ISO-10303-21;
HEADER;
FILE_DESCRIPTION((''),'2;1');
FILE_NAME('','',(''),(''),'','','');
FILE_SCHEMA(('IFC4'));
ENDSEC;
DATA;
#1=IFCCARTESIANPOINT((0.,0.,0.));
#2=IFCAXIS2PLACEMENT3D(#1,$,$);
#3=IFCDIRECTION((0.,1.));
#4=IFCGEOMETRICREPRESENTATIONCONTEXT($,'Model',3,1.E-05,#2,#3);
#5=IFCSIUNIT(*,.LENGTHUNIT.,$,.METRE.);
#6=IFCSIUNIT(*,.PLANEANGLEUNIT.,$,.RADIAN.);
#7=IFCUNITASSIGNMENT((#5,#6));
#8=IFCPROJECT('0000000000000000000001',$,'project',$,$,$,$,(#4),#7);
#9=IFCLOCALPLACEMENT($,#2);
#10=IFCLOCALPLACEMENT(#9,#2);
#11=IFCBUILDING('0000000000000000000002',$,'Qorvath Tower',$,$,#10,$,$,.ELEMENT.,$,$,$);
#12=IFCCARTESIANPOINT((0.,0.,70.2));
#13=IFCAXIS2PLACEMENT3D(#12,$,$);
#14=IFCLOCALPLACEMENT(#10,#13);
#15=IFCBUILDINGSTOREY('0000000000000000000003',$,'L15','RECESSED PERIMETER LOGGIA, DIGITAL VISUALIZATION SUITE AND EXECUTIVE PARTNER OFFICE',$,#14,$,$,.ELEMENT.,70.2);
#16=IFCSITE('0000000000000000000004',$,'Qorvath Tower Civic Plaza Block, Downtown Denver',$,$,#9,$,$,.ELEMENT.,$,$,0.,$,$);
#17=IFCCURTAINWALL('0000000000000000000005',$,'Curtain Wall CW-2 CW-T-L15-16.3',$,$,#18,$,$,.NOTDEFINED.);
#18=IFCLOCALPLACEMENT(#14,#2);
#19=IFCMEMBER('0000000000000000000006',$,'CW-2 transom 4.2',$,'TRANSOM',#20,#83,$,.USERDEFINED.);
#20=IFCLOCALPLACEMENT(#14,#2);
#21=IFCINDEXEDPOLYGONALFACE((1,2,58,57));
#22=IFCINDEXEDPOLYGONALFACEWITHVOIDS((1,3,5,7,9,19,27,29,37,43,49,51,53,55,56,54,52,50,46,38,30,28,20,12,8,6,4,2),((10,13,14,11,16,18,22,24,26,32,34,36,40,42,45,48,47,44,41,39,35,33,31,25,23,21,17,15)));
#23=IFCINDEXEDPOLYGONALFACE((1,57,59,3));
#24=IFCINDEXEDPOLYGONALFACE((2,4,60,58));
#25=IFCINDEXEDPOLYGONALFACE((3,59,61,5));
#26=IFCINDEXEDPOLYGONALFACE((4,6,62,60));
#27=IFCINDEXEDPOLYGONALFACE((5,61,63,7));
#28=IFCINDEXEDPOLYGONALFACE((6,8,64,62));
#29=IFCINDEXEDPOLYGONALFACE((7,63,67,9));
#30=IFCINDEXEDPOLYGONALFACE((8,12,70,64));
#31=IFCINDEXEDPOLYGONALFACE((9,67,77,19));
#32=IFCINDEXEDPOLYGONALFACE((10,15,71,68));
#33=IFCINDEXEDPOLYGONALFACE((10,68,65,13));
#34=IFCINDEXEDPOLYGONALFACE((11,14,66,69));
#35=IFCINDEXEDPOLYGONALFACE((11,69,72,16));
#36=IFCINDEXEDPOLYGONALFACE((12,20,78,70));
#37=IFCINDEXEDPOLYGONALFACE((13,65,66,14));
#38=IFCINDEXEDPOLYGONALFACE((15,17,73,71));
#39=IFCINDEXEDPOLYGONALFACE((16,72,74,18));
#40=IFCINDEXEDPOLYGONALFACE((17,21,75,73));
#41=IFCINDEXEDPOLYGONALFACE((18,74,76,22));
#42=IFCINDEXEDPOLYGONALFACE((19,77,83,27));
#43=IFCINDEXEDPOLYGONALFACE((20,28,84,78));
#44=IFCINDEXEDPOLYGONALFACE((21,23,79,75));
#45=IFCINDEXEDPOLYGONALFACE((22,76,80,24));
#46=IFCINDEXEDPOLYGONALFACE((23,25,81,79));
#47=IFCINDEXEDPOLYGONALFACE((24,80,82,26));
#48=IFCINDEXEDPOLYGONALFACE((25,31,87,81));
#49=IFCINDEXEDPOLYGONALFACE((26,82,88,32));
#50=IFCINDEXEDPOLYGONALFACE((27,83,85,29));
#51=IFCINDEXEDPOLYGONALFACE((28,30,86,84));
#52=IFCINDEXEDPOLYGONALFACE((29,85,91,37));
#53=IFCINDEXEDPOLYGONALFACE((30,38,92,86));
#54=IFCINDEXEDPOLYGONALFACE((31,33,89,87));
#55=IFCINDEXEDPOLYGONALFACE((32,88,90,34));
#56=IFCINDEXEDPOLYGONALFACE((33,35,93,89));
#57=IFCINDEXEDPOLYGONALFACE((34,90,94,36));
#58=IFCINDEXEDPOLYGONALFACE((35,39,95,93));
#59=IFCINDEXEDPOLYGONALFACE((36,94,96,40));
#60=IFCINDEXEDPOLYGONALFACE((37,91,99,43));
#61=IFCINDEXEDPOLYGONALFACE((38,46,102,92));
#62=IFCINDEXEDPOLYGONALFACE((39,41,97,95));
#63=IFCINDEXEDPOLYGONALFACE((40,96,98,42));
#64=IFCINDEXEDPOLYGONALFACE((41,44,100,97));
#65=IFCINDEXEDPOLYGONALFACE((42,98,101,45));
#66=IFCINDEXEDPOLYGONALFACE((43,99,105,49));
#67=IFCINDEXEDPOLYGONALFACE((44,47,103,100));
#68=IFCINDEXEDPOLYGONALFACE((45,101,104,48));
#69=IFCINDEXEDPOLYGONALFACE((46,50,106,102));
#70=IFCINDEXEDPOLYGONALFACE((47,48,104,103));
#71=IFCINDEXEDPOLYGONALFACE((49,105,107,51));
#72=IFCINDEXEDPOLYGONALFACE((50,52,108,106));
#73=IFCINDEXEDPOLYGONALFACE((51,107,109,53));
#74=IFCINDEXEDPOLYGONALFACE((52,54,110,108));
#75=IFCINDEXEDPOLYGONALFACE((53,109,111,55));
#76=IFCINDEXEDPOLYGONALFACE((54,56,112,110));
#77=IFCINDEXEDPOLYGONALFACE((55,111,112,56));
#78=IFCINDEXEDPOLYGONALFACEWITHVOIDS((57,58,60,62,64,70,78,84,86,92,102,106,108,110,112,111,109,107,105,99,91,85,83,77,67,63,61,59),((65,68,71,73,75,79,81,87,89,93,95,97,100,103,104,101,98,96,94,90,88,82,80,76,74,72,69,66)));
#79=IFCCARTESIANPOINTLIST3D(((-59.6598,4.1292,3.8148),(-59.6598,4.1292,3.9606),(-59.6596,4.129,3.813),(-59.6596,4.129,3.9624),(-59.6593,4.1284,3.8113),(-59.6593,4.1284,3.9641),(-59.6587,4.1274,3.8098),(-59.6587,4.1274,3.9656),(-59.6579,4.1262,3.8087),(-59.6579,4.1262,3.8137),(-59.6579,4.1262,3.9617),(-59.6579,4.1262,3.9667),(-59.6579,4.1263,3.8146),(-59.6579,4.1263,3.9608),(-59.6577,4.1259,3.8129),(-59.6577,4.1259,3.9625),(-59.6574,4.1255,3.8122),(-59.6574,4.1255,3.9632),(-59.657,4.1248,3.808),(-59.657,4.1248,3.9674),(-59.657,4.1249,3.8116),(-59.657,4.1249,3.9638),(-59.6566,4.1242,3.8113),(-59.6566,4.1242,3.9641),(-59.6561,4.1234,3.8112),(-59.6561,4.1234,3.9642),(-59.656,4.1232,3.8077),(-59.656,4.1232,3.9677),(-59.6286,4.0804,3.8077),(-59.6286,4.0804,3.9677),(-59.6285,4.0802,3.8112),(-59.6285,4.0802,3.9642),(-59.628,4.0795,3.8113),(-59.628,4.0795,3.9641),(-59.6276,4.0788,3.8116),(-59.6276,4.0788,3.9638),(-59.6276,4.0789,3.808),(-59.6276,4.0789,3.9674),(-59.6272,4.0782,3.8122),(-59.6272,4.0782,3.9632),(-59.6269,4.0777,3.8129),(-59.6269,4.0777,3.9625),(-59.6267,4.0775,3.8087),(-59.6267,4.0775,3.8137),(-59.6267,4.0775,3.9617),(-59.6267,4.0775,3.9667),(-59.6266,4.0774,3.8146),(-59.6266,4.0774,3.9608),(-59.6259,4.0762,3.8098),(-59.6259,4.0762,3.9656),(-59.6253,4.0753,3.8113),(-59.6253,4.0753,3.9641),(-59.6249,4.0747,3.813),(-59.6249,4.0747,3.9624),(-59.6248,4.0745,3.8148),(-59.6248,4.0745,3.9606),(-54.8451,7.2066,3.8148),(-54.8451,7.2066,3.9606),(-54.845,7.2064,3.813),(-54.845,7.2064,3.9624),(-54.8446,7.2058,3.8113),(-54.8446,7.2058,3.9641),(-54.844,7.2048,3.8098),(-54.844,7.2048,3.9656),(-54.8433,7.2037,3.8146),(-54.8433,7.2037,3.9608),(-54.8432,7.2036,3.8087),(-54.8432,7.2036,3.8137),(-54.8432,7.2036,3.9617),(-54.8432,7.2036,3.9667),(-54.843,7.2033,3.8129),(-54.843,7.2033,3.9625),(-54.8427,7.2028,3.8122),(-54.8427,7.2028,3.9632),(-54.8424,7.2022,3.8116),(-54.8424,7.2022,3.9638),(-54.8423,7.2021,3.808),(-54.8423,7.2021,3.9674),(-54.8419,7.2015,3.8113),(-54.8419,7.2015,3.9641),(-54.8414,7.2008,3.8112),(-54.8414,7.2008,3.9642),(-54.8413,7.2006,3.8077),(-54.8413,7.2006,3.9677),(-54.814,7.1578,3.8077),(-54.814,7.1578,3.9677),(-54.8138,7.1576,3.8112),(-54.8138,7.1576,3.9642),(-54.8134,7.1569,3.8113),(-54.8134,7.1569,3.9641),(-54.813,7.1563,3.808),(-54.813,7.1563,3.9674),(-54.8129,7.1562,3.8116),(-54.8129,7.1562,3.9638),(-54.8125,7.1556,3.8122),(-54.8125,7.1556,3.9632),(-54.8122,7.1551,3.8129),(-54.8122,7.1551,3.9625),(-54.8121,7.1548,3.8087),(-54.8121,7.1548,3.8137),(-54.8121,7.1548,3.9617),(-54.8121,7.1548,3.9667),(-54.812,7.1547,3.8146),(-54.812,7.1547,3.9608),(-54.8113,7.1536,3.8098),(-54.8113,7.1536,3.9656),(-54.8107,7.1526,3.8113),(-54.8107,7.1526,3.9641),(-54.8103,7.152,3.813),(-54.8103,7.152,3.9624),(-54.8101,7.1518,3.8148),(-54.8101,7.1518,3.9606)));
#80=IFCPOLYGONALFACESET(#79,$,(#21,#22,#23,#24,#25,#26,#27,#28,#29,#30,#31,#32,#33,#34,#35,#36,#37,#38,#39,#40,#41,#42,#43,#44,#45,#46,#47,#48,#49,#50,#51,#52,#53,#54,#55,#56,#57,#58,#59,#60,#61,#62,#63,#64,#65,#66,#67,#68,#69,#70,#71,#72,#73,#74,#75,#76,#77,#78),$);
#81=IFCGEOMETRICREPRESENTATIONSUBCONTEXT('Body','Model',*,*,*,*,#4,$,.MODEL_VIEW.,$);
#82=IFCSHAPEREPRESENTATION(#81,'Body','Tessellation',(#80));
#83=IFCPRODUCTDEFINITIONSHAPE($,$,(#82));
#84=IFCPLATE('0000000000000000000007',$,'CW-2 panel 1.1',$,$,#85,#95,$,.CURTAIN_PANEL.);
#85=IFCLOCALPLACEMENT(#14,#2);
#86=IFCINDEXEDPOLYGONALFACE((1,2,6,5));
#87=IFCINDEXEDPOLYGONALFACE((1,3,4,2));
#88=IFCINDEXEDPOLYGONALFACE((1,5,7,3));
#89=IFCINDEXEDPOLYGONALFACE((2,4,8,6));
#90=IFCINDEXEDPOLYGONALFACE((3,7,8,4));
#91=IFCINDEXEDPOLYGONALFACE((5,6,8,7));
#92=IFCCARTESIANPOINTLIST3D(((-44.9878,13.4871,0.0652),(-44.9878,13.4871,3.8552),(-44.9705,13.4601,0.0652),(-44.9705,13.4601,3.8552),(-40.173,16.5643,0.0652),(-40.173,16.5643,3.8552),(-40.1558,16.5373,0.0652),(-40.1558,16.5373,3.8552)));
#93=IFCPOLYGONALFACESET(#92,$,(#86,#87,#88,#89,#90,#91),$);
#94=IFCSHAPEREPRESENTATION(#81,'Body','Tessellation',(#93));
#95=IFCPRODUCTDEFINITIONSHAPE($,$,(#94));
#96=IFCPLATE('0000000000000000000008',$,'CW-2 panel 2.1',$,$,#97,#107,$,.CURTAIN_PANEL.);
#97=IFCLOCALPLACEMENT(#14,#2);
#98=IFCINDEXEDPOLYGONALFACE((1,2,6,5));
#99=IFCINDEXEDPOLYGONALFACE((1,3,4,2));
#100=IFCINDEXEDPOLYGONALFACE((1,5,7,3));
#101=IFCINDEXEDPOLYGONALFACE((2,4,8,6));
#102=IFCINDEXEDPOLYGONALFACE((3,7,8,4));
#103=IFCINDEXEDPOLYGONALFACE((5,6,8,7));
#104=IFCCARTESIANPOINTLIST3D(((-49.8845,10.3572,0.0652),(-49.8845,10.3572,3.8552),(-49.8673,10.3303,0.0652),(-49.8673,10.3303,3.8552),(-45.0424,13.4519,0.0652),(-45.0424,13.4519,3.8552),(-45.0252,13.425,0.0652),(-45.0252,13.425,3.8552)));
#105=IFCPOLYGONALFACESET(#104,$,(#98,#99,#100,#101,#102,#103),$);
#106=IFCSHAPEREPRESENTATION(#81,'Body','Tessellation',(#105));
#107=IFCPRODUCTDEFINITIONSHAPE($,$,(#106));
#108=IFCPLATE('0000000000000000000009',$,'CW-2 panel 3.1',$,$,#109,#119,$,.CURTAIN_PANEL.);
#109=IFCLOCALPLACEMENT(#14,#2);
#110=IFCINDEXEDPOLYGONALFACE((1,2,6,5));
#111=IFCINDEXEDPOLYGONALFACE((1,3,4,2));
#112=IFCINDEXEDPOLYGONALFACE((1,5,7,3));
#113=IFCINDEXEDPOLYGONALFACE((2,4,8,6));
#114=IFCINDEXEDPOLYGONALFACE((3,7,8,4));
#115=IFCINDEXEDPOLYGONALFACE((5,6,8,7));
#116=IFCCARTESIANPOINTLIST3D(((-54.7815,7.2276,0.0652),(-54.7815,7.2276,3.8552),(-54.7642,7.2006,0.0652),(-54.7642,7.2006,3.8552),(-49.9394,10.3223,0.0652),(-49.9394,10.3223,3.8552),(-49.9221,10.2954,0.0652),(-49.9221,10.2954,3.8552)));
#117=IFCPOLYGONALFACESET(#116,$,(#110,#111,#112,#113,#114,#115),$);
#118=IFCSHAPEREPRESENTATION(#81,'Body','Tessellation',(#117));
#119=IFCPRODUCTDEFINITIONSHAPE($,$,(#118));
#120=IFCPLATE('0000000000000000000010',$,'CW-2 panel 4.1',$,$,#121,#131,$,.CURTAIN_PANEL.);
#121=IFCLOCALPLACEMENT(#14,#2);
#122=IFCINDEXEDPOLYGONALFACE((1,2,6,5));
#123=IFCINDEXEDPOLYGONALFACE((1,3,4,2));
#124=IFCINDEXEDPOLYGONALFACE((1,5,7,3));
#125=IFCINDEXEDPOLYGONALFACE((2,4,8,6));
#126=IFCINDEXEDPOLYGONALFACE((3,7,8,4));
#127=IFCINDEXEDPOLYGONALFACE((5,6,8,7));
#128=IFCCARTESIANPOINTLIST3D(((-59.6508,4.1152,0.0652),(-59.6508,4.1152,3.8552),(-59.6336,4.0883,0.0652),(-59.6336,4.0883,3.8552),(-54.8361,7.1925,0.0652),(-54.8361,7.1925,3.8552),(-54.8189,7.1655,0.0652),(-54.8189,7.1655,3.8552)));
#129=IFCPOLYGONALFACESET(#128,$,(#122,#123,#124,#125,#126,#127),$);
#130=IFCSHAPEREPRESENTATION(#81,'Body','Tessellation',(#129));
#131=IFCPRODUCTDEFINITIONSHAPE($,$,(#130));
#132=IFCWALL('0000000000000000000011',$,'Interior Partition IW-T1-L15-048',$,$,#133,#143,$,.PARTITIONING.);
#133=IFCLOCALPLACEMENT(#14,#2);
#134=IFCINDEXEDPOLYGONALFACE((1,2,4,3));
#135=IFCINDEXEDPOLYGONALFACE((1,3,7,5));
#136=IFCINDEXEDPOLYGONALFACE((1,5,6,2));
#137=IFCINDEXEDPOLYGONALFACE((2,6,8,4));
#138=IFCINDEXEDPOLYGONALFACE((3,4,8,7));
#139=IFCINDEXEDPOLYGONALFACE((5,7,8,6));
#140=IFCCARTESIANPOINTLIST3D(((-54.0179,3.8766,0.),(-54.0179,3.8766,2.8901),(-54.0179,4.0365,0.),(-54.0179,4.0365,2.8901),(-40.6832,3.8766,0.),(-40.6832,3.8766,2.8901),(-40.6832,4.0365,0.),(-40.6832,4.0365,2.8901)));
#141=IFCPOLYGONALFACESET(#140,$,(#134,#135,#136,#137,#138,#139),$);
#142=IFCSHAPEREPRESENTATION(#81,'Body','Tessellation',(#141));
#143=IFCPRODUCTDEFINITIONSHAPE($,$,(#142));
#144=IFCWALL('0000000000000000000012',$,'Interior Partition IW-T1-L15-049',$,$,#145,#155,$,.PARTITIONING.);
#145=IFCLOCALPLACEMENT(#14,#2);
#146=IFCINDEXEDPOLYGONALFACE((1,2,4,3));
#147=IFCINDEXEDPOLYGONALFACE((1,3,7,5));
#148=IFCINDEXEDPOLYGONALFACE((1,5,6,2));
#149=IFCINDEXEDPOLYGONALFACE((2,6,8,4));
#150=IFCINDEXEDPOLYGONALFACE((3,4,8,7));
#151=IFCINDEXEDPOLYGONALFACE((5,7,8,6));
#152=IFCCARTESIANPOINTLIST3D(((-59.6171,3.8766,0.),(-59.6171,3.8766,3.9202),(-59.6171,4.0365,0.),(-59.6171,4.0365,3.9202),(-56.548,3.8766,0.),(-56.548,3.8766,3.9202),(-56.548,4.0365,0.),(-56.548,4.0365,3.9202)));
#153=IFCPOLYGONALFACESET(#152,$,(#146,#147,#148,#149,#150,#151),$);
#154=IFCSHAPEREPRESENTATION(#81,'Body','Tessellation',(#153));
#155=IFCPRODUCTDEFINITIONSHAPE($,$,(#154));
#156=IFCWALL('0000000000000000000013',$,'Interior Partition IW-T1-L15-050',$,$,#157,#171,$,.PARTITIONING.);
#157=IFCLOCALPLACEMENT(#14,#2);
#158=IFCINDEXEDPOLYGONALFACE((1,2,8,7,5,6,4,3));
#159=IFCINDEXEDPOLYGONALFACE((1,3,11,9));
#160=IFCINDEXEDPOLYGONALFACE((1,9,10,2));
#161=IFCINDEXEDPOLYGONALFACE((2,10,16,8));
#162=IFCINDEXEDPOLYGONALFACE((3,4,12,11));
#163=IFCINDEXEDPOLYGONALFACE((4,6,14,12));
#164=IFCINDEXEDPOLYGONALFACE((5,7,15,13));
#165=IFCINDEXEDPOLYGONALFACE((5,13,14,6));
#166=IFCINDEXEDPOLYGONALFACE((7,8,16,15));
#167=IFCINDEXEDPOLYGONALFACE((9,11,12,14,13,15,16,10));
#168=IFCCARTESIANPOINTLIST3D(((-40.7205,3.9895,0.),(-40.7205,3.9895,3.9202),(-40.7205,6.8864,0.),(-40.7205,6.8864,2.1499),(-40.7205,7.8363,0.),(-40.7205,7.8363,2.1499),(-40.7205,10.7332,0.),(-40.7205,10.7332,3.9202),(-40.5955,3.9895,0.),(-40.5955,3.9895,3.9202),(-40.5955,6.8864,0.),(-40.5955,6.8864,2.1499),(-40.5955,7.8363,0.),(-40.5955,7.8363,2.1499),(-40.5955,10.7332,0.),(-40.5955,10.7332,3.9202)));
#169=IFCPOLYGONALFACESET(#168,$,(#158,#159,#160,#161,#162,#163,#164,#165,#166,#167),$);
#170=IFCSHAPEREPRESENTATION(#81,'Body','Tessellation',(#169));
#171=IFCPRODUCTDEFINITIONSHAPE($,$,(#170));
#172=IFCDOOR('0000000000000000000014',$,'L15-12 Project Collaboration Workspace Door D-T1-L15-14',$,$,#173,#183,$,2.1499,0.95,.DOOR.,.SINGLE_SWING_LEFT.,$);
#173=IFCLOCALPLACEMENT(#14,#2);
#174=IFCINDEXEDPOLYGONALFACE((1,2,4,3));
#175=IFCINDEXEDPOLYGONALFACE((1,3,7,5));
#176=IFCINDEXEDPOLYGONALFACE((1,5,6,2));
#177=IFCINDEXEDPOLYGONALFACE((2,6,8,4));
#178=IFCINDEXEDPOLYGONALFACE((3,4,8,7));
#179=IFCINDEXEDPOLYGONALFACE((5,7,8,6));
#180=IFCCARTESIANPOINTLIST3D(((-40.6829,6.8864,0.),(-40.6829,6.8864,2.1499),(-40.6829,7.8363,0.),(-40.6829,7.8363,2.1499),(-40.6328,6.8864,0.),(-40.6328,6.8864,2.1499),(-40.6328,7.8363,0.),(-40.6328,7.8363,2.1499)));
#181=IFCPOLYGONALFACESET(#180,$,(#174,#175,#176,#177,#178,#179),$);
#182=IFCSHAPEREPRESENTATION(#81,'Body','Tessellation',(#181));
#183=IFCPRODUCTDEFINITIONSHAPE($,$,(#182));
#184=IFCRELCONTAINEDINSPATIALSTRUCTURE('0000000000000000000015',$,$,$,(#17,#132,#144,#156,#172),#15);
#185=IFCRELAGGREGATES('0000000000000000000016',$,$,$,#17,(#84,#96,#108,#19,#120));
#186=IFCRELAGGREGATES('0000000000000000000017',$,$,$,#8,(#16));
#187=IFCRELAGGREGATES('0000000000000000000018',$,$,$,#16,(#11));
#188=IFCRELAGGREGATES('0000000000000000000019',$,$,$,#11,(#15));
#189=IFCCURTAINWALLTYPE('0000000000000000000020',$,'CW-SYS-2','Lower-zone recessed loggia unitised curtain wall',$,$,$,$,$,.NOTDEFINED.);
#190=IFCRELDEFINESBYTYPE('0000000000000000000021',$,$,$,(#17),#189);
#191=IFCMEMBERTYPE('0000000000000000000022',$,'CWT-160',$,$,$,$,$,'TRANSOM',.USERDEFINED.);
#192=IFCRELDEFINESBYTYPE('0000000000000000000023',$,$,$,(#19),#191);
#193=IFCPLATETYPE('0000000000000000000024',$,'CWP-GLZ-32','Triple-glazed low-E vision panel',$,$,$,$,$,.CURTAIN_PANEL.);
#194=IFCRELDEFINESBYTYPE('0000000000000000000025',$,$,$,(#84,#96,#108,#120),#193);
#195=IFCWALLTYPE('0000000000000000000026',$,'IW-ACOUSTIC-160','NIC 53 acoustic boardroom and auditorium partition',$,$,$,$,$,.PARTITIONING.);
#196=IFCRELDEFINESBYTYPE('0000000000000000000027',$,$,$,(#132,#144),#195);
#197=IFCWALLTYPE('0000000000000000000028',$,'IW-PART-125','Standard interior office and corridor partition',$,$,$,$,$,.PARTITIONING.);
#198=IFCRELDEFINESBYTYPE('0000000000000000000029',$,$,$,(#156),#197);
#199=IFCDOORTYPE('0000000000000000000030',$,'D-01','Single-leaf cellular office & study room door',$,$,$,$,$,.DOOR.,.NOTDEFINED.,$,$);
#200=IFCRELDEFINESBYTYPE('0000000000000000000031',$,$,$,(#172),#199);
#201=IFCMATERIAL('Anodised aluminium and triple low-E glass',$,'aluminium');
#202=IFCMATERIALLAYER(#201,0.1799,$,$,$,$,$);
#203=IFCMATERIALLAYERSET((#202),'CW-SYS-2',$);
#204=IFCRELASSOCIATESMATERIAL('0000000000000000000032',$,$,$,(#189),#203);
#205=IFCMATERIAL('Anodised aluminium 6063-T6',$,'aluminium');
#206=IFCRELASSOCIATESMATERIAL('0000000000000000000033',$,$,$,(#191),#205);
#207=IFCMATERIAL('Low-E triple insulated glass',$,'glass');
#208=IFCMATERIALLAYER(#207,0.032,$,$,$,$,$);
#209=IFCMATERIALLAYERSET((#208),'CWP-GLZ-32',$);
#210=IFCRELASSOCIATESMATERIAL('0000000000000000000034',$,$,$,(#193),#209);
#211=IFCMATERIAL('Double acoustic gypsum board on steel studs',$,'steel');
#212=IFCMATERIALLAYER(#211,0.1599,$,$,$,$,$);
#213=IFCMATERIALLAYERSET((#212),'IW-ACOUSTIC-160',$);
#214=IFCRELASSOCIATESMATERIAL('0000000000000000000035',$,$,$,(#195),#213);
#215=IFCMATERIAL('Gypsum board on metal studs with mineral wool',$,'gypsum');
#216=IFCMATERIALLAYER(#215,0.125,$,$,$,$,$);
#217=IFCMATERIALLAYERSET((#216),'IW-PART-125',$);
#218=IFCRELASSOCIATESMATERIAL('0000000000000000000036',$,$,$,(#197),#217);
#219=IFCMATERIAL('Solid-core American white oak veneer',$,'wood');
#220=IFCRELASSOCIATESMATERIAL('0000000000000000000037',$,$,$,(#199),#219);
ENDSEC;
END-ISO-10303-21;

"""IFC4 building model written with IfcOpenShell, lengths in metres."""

from ifc_helpers import new_model, si_unit, direction, frame, frame_2d, origin, origin_2d, place, context, subcontext, project, spatial, rectangle, hollow_rectangle, extrude, material, layer, layer_set, material_profile, profile_set, type_object, element, fill, aggregate, save


model = new_model("IFC4")

# Units and contexts
model_context = context("Model", 3, precision=1e-05, world=origin(), true_north=direction((0.0, 1.0)))
body_context = subcontext(model_context, "Body", "Model", "MODEL_VIEW")
ifc_project = project(units=[si_unit("LENGTHUNIT", "METRE"), si_unit("PLANEANGLEUNIT", "RADIAN")], contexts=[model_context])

# Site, building, storey
site_placement = place(None, origin())
site = spatial("IfcSite", under=ifc_project, at=site_placement, Name="Qorvath Tower Civic Plaza Block, Downtown Denver", CompositionType="ELEMENT", RefElevation=0.0)
building_placement = place(site_placement, origin())
building = spatial("IfcBuilding", under=site, at=building_placement, Name="Qorvath Tower", CompositionType="ELEMENT")
storey_placement = place(building_placement, frame((0.0, 0.0, 70.2)))
storey = spatial("IfcBuildingStorey", under=building, at=storey_placement, Name="L15", Description="RECESSED PERIMETER LOGGIA, DIGITAL VISUALIZATION SUITE AND EXECUTIVE PARTNER OFFICE", CompositionType="ELEMENT", Elevation=70.2)

# Shared definitions
ifc_material_1 = material(Name="Anodised aluminium and triple low-E glass", Category="aluminium")
ifc_layer_1 = layer(ifc_material_1, 0.1799)
ifc_layer_set_1 = layer_set([ifc_layer_1], Name="CW-SYS-2")
curtain_wall_type = type_object("IfcCurtainWallType", Name="CW-SYS-2", Description="Lower-zone recessed loggia unitised curtain wall", PredefinedType="NOTDEFINED", material=ifc_layer_set_1)

# Curtain wall, member, plates
curtain_wall_1_placement = place(storey_placement, origin())
curtain_wall_1 = element("IfcCurtainWall", 1, at=curtain_wall_1_placement, inside=storey, type_object=curtain_wall_type, Name="Curtain Wall CW-2 CW-T-L15-16.3", PredefinedType="NOTDEFINED")
ifc_material_2 = material(Name="Anodised aluminium 6063-T6", Category="aluminium")
ifc_material_profile_1 = material_profile(ifc_material_2, hollow_rectangle(XDim=0.0649, YDim=0.1599, WallThickness=0.0034, InnerFilletRadius=0.0034, OuterFilletRadius=0.0071, at=origin_2d()), Name="CWT 160x65")
ifc_profile_set_1 = profile_set([ifc_material_profile_1], Name="Anodised aluminium 6063-T6")
member_type_1 = type_object("IfcMemberType", Name="CWT-160", ElementType="TRANSOM", PredefinedType="USERDEFINED", material=ifc_profile_set_1)
member_1_placement = place(storey_placement, frame((-54.8276, 7.1792, 3.8877), z_axis=(-0.84259, -0.538555, 0.0), x_axis=(0.538555, -0.84259, 0.0)))
member_1 = element("IfcMember", 2, at=member_1_placement, type_object=member_type_1, Name="CW-2 transom 4.2", ObjectType="TRANSOM", PredefinedType="USERDEFINED", context=body_context, shape_type="SweptSolid", body=[
    extrude(hollow_rectangle(XDim=0.0649, YDim=0.1599, WallThickness=0.0034, InnerFilletRadius=0.0034, OuterFilletRadius=0.0071, at=origin_2d()), origin(), (0.0, 0.0, 1.0), 5.7141),
])
ifc_material_3 = material(Name="Low-E triple insulated glass", Category="glass")
ifc_layer_2 = layer(ifc_material_3, 0.032)
ifc_layer_set_2 = layer_set([ifc_layer_2], Name="CWP-GLZ-32")
plate_type = type_object("IfcPlateType", Name="CWP-GLZ-32", Description="Triple-glazed low-E vision panel", PredefinedType="CURTAIN_PANEL", material=ifc_layer_set_2)
plate_1_placement = place(storey_placement, frame((-42.5718, 15.0122, 0.0652), z_axis=(0.0, 0.0, 1.0), x_axis=(-0.842606, -0.538531, 0.0)))
plate_1 = element("IfcPlate", 3, at=plate_1_placement, type_object=plate_type, Name="CW-2 panel 1.1", PredefinedType="CURTAIN_PANEL", context=body_context, shape_type="SweptSolid", body=[
    extrude(rectangle(XDim=5.7141, YDim=0.032, at=origin_2d()), origin(), (0.0, 0.0, 1.0), 3.79),
])
plate_2_placement = place(storey_placement, frame((-47.4548, 11.8911, 0.0652), z_axis=(0.0, 0.0, 1.0), x_axis=(-0.842606, -0.538531, 0.0)))
plate_2 = element("IfcPlate", 4, at=plate_2_placement, type_object=plate_type, Name="CW-2 panel 2.1", PredefinedType="CURTAIN_PANEL", context=body_context, shape_type="SweptSolid", body=[
    extrude(rectangle(XDim=5.7466, YDim=0.032, at=origin_2d()), origin(), (0.0, 0.0, 1.0), 3.79),
])
plate_3_placement = place(storey_placement, frame((-52.3518, 8.7615, 0.0652), z_axis=(0.0, 0.0, 1.0), x_axis=(-0.842606, -0.538531, 0.0)))
plate_3 = element("IfcPlate", 5, at=plate_3_placement, type_object=plate_type, Name="CW-2 panel 3.1", PredefinedType="CURTAIN_PANEL", context=body_context, shape_type="SweptSolid", body=[
    extrude(rectangle(XDim=5.7466, YDim=0.032, at=origin_2d()), origin(), (0.0, 0.0, 1.0), 3.79),
])
plate_4_placement = place(storey_placement, frame((-57.2349, 5.6404, 0.0652), z_axis=(0.0, 0.0, 1.0), x_axis=(-0.842606, -0.538531, 0.0)))
plate_4 = element("IfcPlate", 6, at=plate_4_placement, type_object=plate_type, Name="CW-2 panel 4.1", PredefinedType="CURTAIN_PANEL", context=body_context, shape_type="SweptSolid", body=[
    extrude(rectangle(XDim=5.7141, YDim=0.032, at=origin_2d()), origin(), (0.0, 0.0, 1.0), 3.79),
])
aggregate(curtain_wall_1, [plate_1, plate_2, plate_3, member_1, plate_4])

# Walls
ifc_material_4 = material(Name="Double acoustic gypsum board on steel studs", Category="steel")
ifc_layer_3 = layer(ifc_material_4, 0.1599)
ifc_layer_set_3 = layer_set([ifc_layer_3], Name="IW-ACOUSTIC-160")
wall_type_1 = type_object("IfcWallType", Name="IW-ACOUSTIC-160", Description="NIC 53 acoustic boardroom and auditorium partition", PredefinedType="PARTITIONING", material=ifc_layer_set_3)
wall_1_placement = place(storey_placement, frame((-40.6831, 3.9565, 0.0), z_axis=(0.0, 0.0, 1.0), x_axis=(-1.0, 0.0, 0.0)))
element("IfcWall", 7, at=wall_1_placement, inside=storey, type_object=wall_type_1, Name="Interior Partition IW-T1-L15-048", PredefinedType="PARTITIONING", context=body_context, shape_type="SweptSolid", body=[
    extrude(rectangle(XDim=13.3347, YDim=0.1599, at=frame_2d((6.6675, 0.0))), origin(), (0.0, 0.0, 1.0), 2.8901),
])
wall_2_placement = place(storey_placement, frame((-56.5479, 3.9565, 0.0), z_axis=(0.0, 0.0, 1.0), x_axis=(-1.0, 0.0, 0.0)))
element("IfcWall", 8, at=wall_2_placement, inside=storey, type_object=wall_type_1, Name="Interior Partition IW-T1-L15-049", PredefinedType="PARTITIONING", context=body_context, shape_type="SweptSolid", body=[
    extrude(rectangle(XDim=3.0691, YDim=0.1599, at=frame_2d((1.5347, 0.0))), origin(), (0.0, 0.0, 1.0), 3.9202),
])

# Wall, opening, door
ifc_material_5 = material(Name="Gypsum board on metal studs with mineral wool", Category="gypsum")
ifc_layer_4 = layer(ifc_material_5, 0.125)
ifc_layer_set_4 = layer_set([ifc_layer_4], Name="IW-PART-125")
wall_type_2 = type_object("IfcWallType", Name="IW-PART-125", Description="Standard interior office and corridor partition", PredefinedType="PARTITIONING", material=ifc_layer_set_4)
wall_3_placement = place(storey_placement, frame((-40.658, 3.9895, 0.0), z_axis=(0.0, 0.0, 1.0), x_axis=(0.0, 1.0, 0.0)))
wall_3 = element("IfcWall", 9, at=wall_3_placement, inside=storey, type_object=wall_type_2, Name="Interior Partition IW-T1-L15-050", PredefinedType="PARTITIONING", context=body_context, shape_type="SweptSolid", body=[
    extrude(rectangle(XDim=6.7437, YDim=0.125, at=frame_2d((3.3718, 0.0))), origin(), (0.0, 0.0, 1.0), 3.9202),
])
opening_placement = place(wall_3_placement, frame((2.8967, 0.0, 0.0)))
opening = element("IfcOpeningElement", 10, at=opening_placement, cuts=wall_3, PredefinedType="OPENING", context=body_context, shape_type="SweptSolid", body=[
    extrude(rectangle(XDim=0.95, YDim=2.1499, at=frame_2d((0.4751, 1.075))), frame((0.0, 0.0725, 0.0), z_axis=(0.0, -1.0, 0.0), x_axis=(1.0, 0.0, 0.0)), (0.0, 0.0, 1.0), 0.145),
])
ifc_material_6 = material(Name="Solid-core American white oak veneer", Category="wood")
door_type = type_object("IfcDoorType", Name="D-01", Description="Single-leaf cellular office & study room door", OperationType="NOTDEFINED", PredefinedType="DOOR", material=ifc_material_6)
door_placement = place(opening_placement, origin())
door = element("IfcDoor", 11, at=door_placement, inside=storey, type_object=door_type, Name="L15-12 Project Collaboration Workspace Door D-T1-L15-14", OperationType="SINGLE_SWING_LEFT", OverallHeight=2.1499, OverallWidth=0.95, PredefinedType="DOOR", context=body_context, shape_type="SweptSolid", body=[
    extrude(rectangle(XDim=0.95, YDim=2.1499, at=frame_2d((0.4751, 1.075))), frame((0.0, 0.0249, 0.0), z_axis=(0.0, -1.0, 0.0), x_axis=(1.0, 0.0, 0.0)), (0.0, 0.0, 1.0), 0.05),
])
fill(opening, door)

save(model, "model.ifc")
